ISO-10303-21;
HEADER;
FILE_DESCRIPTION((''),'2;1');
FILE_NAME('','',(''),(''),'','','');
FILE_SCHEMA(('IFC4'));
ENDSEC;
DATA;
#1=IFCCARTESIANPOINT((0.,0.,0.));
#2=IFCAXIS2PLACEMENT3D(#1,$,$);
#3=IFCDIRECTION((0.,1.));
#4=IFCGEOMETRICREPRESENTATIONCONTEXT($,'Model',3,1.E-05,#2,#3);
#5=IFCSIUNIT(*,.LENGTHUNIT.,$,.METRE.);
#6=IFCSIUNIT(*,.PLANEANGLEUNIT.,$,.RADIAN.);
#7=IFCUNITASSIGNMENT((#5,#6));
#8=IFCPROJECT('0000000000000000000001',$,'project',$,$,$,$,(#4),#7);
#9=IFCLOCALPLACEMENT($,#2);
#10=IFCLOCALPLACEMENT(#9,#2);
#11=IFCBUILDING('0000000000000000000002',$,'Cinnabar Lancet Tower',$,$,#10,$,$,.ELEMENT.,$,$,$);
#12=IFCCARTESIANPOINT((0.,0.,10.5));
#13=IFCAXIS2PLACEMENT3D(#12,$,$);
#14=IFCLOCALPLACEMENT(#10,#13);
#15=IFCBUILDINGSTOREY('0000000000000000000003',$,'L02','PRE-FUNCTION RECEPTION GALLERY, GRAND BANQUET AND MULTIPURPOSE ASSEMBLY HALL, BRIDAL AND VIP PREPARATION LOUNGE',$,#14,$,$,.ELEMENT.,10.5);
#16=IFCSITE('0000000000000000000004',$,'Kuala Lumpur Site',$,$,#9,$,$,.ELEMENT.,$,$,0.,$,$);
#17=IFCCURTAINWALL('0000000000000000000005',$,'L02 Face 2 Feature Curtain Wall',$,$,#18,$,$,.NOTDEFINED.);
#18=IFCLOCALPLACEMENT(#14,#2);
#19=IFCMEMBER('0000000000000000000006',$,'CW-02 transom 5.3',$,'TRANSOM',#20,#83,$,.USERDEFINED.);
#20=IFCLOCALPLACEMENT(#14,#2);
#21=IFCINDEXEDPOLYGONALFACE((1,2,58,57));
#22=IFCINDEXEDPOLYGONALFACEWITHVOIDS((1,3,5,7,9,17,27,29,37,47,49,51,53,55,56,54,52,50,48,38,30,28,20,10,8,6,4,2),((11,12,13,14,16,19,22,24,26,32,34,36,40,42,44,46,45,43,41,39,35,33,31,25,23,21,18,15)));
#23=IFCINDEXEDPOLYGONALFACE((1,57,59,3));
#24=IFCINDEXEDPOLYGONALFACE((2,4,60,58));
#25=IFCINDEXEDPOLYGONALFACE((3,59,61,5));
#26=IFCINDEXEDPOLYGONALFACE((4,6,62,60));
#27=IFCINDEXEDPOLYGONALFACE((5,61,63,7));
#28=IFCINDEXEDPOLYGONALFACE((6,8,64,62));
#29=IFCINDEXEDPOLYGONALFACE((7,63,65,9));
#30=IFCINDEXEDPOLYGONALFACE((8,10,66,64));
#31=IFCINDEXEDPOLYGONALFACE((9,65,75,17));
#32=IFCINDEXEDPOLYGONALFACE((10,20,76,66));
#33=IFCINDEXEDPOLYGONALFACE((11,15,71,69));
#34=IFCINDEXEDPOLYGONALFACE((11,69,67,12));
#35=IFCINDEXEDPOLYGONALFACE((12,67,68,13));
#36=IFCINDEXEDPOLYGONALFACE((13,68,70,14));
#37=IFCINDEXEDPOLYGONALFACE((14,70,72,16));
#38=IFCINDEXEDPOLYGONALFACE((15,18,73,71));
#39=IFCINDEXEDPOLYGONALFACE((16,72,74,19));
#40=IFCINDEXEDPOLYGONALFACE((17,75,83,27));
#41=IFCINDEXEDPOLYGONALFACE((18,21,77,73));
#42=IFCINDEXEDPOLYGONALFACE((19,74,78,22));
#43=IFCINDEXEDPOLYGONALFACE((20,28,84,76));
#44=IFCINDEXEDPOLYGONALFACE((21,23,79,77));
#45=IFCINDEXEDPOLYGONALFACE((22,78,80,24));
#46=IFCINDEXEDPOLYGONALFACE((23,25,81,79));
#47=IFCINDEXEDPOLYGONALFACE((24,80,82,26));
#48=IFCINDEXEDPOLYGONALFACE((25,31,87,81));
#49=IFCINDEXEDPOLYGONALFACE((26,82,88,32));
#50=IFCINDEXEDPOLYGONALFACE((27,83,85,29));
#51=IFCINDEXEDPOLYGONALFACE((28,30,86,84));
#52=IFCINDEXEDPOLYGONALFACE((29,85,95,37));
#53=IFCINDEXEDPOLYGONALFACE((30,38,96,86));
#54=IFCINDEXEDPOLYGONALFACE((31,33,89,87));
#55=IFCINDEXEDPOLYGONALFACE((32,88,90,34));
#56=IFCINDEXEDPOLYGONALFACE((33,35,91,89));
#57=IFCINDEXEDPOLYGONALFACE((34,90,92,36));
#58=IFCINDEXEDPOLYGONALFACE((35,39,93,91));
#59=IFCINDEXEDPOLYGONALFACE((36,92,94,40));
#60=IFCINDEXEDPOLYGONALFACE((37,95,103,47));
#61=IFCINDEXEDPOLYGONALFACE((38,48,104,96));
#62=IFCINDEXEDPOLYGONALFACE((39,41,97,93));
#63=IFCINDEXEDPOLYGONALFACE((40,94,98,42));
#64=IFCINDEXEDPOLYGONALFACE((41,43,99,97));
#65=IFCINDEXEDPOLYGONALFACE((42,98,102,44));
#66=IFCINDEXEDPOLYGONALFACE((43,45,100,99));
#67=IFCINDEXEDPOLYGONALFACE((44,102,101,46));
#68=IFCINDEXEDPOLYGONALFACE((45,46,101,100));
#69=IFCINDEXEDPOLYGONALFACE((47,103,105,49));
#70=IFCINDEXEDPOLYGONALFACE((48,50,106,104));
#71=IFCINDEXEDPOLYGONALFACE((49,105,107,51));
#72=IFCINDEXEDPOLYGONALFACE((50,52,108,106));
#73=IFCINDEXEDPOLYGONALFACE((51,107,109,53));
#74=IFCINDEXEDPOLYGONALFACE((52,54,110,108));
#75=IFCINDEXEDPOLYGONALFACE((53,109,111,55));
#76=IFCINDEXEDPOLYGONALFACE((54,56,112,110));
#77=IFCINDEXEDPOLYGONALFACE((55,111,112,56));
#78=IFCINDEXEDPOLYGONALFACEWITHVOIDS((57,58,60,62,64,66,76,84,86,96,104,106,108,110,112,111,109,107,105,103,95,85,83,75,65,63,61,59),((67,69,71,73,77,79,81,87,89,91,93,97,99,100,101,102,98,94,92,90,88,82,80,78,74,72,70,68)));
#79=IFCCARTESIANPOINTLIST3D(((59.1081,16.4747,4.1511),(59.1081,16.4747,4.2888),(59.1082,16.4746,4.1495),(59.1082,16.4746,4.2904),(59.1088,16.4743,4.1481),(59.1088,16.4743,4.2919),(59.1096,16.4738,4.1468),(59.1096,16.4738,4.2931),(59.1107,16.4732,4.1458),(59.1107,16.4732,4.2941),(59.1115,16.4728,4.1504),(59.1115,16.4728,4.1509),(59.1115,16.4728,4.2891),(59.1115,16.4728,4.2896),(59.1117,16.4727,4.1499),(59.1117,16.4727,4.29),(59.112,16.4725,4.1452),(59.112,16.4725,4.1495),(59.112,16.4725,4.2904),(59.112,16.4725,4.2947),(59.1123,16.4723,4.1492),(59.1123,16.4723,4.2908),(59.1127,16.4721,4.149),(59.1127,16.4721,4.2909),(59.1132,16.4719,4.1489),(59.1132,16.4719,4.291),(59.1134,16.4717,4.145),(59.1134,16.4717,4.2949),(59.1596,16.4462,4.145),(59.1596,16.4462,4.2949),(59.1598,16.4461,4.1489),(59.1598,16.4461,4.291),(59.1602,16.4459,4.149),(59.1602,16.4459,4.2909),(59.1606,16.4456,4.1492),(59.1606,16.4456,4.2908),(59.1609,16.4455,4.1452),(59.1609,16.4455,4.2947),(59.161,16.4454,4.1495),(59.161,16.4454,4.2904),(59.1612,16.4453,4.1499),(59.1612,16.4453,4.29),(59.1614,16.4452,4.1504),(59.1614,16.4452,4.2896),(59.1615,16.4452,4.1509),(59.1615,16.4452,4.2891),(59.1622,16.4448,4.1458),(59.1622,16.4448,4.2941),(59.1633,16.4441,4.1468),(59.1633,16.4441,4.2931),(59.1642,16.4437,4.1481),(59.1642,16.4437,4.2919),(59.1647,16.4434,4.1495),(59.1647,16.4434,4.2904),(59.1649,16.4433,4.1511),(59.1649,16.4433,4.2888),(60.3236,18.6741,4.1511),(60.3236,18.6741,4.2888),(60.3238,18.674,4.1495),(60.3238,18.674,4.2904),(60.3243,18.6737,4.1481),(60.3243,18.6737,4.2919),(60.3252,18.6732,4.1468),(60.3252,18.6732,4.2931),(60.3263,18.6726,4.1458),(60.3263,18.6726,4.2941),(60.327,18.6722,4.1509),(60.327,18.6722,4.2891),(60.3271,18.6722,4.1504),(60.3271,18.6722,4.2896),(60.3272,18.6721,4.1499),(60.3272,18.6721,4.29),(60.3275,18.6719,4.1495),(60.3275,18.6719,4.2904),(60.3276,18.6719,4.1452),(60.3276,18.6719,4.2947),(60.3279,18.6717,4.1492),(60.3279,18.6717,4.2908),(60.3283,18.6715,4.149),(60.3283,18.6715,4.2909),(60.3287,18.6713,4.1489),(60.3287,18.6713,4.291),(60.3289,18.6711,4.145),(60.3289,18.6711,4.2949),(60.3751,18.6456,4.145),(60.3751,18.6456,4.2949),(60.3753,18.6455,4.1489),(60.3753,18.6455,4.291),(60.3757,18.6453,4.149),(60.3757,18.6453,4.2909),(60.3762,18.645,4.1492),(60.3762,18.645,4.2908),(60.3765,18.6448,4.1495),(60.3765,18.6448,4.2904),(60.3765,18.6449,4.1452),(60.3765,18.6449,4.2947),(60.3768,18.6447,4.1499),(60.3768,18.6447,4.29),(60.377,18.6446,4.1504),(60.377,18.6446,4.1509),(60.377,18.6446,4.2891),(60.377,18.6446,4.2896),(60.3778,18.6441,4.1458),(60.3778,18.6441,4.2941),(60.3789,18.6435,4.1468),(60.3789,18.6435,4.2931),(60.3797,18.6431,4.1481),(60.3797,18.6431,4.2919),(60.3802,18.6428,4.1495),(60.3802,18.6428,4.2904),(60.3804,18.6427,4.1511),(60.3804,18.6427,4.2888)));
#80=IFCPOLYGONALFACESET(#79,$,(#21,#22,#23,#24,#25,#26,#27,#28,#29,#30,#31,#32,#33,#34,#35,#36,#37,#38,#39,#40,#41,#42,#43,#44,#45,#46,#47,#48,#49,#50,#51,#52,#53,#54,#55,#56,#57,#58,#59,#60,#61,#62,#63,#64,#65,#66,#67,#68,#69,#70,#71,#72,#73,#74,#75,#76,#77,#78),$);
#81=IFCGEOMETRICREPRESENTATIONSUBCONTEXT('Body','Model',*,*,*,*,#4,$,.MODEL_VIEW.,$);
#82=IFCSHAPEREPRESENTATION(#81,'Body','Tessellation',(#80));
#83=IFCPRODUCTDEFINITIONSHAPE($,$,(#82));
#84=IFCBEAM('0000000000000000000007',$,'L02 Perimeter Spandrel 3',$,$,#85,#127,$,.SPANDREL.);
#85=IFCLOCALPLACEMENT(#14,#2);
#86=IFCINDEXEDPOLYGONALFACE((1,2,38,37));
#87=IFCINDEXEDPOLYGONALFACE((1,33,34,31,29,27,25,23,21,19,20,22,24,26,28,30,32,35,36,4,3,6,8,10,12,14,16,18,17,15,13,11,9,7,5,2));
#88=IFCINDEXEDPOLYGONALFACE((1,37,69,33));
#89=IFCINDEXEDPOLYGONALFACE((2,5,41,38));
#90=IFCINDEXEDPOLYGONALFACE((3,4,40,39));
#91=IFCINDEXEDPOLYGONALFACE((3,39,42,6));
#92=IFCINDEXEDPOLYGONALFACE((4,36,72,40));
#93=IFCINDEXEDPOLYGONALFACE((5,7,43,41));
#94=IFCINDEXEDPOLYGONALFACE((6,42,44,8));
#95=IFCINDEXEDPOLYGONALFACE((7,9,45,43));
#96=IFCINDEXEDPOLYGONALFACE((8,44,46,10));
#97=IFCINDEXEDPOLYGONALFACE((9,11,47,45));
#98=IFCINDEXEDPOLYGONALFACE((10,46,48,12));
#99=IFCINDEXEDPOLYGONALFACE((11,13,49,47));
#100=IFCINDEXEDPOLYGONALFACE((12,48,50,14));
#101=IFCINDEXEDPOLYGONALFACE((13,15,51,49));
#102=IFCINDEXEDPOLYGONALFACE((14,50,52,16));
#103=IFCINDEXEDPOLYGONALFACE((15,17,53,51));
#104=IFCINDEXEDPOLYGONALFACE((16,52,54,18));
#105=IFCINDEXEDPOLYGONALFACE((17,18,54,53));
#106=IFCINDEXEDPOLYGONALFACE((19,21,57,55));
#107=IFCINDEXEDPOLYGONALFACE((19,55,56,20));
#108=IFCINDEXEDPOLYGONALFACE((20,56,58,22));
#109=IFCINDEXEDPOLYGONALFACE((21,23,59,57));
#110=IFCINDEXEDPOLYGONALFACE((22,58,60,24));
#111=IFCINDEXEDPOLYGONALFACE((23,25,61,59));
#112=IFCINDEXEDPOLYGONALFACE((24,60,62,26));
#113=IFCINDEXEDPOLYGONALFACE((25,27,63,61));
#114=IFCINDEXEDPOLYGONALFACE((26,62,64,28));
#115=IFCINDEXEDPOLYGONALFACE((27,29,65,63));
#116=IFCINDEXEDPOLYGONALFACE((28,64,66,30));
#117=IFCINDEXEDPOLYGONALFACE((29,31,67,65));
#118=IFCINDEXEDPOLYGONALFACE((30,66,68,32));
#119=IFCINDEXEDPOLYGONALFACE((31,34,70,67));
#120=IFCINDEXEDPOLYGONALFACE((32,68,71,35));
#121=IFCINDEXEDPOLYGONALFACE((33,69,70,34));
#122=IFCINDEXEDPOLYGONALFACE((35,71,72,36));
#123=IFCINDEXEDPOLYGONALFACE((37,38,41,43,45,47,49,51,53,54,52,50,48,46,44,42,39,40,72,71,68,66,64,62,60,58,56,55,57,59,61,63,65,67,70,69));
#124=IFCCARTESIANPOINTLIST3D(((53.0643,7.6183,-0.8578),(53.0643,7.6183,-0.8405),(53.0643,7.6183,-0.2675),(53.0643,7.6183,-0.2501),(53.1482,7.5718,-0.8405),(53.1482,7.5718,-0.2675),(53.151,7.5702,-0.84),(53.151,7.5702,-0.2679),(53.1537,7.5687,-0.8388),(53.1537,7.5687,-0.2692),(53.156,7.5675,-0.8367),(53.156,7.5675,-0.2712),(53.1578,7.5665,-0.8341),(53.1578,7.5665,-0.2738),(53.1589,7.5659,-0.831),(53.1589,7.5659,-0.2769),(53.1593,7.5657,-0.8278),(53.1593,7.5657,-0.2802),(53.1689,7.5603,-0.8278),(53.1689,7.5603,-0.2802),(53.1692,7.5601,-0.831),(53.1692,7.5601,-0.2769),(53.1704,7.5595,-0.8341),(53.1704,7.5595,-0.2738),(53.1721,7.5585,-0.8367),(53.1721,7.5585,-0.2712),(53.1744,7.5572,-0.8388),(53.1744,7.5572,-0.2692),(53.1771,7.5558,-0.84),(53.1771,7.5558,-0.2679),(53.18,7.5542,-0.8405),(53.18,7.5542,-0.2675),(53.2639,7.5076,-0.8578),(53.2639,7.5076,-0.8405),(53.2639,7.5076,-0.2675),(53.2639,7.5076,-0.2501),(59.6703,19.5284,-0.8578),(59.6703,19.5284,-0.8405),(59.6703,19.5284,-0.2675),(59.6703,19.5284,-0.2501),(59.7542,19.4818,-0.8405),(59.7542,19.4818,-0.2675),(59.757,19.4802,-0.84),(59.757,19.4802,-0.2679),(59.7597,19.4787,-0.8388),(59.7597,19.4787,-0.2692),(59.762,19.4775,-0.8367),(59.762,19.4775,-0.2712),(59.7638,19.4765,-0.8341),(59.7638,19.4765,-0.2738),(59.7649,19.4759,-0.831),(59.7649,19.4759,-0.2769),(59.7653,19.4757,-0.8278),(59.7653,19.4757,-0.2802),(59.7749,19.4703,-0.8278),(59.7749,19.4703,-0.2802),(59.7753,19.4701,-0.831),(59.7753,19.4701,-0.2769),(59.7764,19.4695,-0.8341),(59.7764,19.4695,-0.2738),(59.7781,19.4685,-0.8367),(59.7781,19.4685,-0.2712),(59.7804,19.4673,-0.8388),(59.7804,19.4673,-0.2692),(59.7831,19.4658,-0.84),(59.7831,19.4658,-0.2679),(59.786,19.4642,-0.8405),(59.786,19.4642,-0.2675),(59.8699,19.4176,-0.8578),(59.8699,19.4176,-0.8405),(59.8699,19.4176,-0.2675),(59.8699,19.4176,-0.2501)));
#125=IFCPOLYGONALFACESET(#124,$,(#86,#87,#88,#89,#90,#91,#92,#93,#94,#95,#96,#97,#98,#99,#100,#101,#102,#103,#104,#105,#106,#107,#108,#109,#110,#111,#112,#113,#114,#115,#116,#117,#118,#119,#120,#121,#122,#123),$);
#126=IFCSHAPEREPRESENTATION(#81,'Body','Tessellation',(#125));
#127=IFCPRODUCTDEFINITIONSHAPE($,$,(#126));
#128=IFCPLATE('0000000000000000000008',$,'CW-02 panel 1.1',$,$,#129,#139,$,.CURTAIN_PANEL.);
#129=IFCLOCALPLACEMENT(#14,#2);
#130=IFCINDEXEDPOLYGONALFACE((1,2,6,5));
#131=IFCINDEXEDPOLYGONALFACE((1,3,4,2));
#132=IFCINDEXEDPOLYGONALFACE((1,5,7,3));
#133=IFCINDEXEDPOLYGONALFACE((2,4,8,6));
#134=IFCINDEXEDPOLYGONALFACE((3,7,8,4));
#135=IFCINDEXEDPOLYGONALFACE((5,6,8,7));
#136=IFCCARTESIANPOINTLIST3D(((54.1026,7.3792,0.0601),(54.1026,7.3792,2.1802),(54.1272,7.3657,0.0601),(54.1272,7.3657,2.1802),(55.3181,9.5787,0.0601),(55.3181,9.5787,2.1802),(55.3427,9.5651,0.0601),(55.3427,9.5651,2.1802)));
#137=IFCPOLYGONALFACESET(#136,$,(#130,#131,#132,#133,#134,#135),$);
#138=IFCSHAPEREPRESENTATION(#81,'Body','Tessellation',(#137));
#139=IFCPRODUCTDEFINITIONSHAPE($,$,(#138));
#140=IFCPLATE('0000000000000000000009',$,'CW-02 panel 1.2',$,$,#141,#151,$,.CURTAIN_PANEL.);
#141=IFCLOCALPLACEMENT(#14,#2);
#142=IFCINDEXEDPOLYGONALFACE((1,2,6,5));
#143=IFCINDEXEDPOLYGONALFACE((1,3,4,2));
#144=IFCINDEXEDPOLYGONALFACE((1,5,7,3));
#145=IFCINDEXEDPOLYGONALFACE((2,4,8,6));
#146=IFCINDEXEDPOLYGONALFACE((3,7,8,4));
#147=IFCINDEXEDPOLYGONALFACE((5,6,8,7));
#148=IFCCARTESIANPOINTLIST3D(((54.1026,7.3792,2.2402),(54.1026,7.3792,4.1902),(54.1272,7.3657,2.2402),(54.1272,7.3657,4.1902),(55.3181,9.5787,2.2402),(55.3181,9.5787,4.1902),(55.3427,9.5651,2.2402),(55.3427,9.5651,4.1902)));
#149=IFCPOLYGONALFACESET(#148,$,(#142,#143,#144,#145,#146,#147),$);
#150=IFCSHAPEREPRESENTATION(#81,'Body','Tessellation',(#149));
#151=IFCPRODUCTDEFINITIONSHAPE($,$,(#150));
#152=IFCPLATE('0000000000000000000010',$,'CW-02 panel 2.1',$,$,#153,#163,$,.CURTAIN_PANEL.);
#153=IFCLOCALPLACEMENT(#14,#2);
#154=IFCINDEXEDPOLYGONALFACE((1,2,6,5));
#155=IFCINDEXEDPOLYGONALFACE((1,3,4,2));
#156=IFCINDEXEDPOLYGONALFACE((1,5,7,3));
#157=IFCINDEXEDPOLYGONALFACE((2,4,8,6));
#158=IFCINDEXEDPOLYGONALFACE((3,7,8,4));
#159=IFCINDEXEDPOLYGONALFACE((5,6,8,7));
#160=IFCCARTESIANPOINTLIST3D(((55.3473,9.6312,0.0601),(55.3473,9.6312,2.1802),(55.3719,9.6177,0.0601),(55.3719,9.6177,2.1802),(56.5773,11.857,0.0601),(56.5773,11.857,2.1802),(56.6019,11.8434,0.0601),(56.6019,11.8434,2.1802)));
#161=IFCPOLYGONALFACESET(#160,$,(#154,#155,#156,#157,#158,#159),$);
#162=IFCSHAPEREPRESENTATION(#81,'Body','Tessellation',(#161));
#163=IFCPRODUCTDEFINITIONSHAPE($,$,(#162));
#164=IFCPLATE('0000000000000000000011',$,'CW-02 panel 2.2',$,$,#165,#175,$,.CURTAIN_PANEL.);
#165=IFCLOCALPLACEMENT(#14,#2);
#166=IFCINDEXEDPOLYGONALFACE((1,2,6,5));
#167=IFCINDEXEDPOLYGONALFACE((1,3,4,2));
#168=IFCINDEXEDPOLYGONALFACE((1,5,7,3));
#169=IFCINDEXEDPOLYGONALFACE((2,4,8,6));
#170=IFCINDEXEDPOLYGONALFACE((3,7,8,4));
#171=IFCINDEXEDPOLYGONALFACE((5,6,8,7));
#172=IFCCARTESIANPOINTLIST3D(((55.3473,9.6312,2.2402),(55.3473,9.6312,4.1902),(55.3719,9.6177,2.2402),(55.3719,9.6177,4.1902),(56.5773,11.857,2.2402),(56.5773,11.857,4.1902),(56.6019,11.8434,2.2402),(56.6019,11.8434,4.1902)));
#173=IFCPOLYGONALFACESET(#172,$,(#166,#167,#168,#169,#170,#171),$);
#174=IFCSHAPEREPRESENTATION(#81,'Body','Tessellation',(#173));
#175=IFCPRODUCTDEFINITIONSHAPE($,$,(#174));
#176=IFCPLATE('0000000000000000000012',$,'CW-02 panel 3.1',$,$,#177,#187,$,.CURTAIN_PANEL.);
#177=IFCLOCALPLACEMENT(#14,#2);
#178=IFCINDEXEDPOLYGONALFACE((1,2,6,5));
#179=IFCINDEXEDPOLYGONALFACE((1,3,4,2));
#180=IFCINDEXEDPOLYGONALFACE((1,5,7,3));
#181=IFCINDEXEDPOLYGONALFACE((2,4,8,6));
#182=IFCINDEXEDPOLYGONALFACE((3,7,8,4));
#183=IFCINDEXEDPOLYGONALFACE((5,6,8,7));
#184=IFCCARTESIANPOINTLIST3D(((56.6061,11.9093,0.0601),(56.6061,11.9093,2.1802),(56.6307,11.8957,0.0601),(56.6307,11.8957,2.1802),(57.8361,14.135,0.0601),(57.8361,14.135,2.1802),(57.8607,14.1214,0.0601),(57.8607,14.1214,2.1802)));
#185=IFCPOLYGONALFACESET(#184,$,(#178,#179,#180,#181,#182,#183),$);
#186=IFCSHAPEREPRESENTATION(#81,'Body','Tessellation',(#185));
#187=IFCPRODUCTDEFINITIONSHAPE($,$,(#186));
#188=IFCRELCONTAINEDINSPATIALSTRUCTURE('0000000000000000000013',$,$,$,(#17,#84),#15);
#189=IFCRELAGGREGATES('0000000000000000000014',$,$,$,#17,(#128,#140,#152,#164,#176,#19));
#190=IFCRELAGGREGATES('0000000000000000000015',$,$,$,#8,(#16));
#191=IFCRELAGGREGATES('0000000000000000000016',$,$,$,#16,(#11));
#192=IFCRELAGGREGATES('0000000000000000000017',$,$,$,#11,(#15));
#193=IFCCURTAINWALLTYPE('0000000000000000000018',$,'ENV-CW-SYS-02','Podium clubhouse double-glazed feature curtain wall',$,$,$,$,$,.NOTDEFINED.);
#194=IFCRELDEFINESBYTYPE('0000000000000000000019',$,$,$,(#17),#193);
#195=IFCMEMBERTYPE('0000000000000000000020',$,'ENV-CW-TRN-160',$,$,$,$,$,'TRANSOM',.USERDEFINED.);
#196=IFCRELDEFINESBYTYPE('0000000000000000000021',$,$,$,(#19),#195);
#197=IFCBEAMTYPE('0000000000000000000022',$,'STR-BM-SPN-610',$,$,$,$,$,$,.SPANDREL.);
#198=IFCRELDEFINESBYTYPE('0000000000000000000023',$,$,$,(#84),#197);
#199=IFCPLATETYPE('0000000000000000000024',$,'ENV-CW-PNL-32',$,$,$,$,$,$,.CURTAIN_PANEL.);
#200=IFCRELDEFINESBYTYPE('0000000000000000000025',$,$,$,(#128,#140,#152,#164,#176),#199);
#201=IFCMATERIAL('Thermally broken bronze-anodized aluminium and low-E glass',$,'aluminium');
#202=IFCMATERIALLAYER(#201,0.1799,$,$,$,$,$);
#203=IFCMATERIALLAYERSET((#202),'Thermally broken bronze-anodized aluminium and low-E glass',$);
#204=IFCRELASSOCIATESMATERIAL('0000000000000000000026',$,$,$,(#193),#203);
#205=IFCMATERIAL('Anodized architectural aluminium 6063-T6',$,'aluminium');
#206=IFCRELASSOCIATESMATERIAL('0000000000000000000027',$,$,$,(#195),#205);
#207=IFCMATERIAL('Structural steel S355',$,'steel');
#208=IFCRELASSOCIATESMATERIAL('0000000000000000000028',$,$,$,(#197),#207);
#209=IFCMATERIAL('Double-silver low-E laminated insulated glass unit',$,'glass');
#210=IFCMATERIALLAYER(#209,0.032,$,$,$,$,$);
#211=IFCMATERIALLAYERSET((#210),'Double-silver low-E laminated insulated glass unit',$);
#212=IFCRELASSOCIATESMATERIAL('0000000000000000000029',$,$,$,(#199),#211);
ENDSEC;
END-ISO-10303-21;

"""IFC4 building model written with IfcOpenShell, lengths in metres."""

from ifc_helpers import new_model, si_unit, direction, frame, origin, origin_2d, place, context, subcontext, project, spatial, rectangle, hollow_rectangle, i_section, extrude, material, layer, layer_set, material_profile, profile_set, type_object, element, aggregate, save


model = new_model("IFC4")

# Units and contexts
model_context = context("Model", 3, precision=1e-05, world=origin(), true_north=direction((0.0, 1.0)))
body_context = subcontext(model_context, "Body", "Model", "MODEL_VIEW")
ifc_project = project(units=[si_unit("LENGTHUNIT", "METRE"), si_unit("PLANEANGLEUNIT", "RADIAN")], contexts=[model_context])

# Site, building, storey
site_placement = place(None, origin())
site = spatial("IfcSite", under=ifc_project, at=site_placement, Name="Kuala Lumpur Site", CompositionType="ELEMENT", RefElevation=0.0)
building_placement = place(site_placement, origin())
building = spatial("IfcBuilding", under=site, at=building_placement, Name="Cinnabar Lancet Tower", CompositionType="ELEMENT")
storey_placement = place(building_placement, frame((0.0, 0.0, 10.5)))
storey = spatial("IfcBuildingStorey", under=building, at=storey_placement, Name="L02", Description="PRE-FUNCTION RECEPTION GALLERY, GRAND BANQUET AND MULTIPURPOSE ASSEMBLY HALL, BRIDAL AND VIP PREPARATION LOUNGE", CompositionType="ELEMENT", Elevation=10.5)

# Curtain wall, member
ifc_material_1 = material(Name="Thermally broken bronze-anodized aluminium and low-E glass", Category="aluminium")
ifc_layer_1 = layer(ifc_material_1, 0.1799)
ifc_layer_set_1 = layer_set([ifc_layer_1], Name="Thermally broken bronze-anodized aluminium and low-E glass")
curtain_wall_type = type_object("IfcCurtainWallType", Name="ENV-CW-SYS-02", Description="Podium clubhouse double-glazed feature curtain wall", PredefinedType="NOTDEFINED", material=ifc_layer_set_1)
curtain_wall_placement = place(storey_placement, origin())
curtain_wall = element("IfcCurtainWall", 1, at=curtain_wall_placement, inside=storey, type_object=curtain_wall_type, Name="L02 Face 2 Feature Curtain Wall", PredefinedType="NOTDEFINED")
ifc_material_2 = material(Name="Anodized architectural aluminium 6063-T6", Category="aluminium")
ifc_material_profile_1 = material_profile(ifc_material_2, hollow_rectangle(XDim=0.0649, YDim=0.1499, WallThickness=0.0039, InnerFilletRadius=0.002, OuterFilletRadius=0.0061, at=origin_2d()), Name="CW-TRN 150x65x4")
ifc_profile_set_1 = profile_set([ifc_material_profile_1], Name="Anodized architectural aluminium 6063-T6")
member_type_1 = type_object("IfcMemberType", Name="ENV-CW-TRN-160", ElementType="TRANSOM", PredefinedType="USERDEFINED", material=ifc_profile_set_1)
member_1_placement = place(storey_placement, frame((59.1365, 16.459, 4.22), z_axis=(0.483712, 0.875227, 0.0), x_axis=(-0.875227, 0.483712, 0.0)))
member_1 = element("IfcMember", 2, at=member_1_placement, type_object=member_type_1, Name="CW-02 transom 5.3", ObjectType="TRANSOM", PredefinedType="USERDEFINED", context=body_context, shape_type="SweptSolid", body=[
    extrude(hollow_rectangle(XDim=0.0649, YDim=0.1499, WallThickness=0.0039, InnerFilletRadius=0.002, OuterFilletRadius=0.0061, at=origin_2d()), origin(), (0.0, 0.0, 1.0), 2.5129),
])

# Beam
ifc_material_3 = material(Name="Structural steel S355", Category="steel")
ifc_material_profile_2 = material_profile(ifc_material_3, i_section(OverallWidth=0.2283, OverallDepth=0.6077, WebThickness=0.011, FlangeThickness=0.0173, FilletRadius=0.0127, at=origin_2d()), Name="UKB 610x229x113")
ifc_profile_set_2 = profile_set([ifc_material_profile_2], Name="Structural steel S355")
beam_type = type_object("IfcBeamType", Name="STR-BM-SPN-610", PredefinedType="SPANDREL", material=ifc_profile_set_2)
beam_placement = place(storey_placement, frame((53.1641, 7.563, -0.554), z_axis=(0.485045, 0.874489, 0.0), x_axis=(-0.874489, 0.485045, 0.0)))
element("IfcBeam", 3, at=beam_placement, inside=storey, type_object=beam_type, Name="L02 Perimeter Spandrel 3", PredefinedType="SPANDREL", context=body_context, shape_type="SweptSolid", body=[
    extrude(i_section(OverallWidth=0.2283, OverallDepth=0.6077, WebThickness=0.011, FlangeThickness=0.0173, FilletRadius=0.0127, at=origin_2d()), origin(), (0.0, 0.0, 1.0), 13.6194),
])

# Plates
ifc_material_4 = material(Name="Double-silver low-E laminated insulated glass unit", Category="glass")
ifc_layer_2 = layer(ifc_material_4, 0.032)
ifc_layer_set_2 = layer_set([ifc_layer_2], Name="Double-silver low-E laminated insulated glass unit")
plate_type = type_object("IfcPlateType", Name="ENV-CW-PNL-32", PredefinedType="CURTAIN_PANEL", material=ifc_layer_set_2)
plate_1_placement = place(storey_placement, frame((54.7227, 8.4722, 0.0601), z_axis=(0.0, 0.0, 1.0), x_axis=(0.483685, 0.875242, 0.0)))
plate_1 = element("IfcPlate", 4, at=plate_1_placement, type_object=plate_type, Name="CW-02 panel 1.1", PredefinedType="CURTAIN_PANEL", context=body_context, shape_type="SweptSolid", body=[
    extrude(rectangle(XDim=2.5129, YDim=0.0281, at=origin_2d()), origin(), (0.0, 0.0, 1.0), 2.1201),
])
plate_2_placement = place(storey_placement, frame((54.7227, 8.4722, 2.2402), z_axis=(0.0, 0.0, 1.0), x_axis=(0.483685, 0.875242, 0.0)))
plate_2 = element("IfcPlate", 5, at=plate_2_placement, type_object=plate_type, Name="CW-02 panel 1.2", PredefinedType="CURTAIN_PANEL", context=body_context, shape_type="SweptSolid", body=[
    extrude(rectangle(XDim=2.5129, YDim=0.0281, at=origin_2d()), origin(), (0.0, 0.0, 1.0), 1.95),
])
plate_3_placement = place(storey_placement, frame((55.9746, 10.7373, 0.0601), z_axis=(0.0, 0.0, 1.0), x_axis=(0.483685, 0.875242, 0.0)))
plate_3 = element("IfcPlate", 6, at=plate_3_placement, type_object=plate_type, Name="CW-02 panel 2.1", PredefinedType="CURTAIN_PANEL", context=body_context, shape_type="SweptSolid", body=[
    extrude(rectangle(XDim=2.543, YDim=0.0281, at=origin_2d()), origin(), (0.0, 0.0, 1.0), 2.1201),
])
plate_4_placement = place(storey_placement, frame((55.9746, 10.7373, 2.2402), z_axis=(0.0, 0.0, 1.0), x_axis=(0.483685, 0.875242, 0.0)))
plate_4 = element("IfcPlate", 7, at=plate_4_placement, type_object=plate_type, Name="CW-02 panel 2.2", PredefinedType="CURTAIN_PANEL", context=body_context, shape_type="SweptSolid", body=[
    extrude(rectangle(XDim=2.543, YDim=0.0281, at=origin_2d()), origin(), (0.0, 0.0, 1.0), 1.95),
])
plate_5_placement = place(storey_placement, frame((57.2334, 13.0154, 0.0601), z_axis=(0.0, 0.0, 1.0), x_axis=(0.483685, 0.875242, 0.0)))
plate_5 = element("IfcPlate", 8, at=plate_5_placement, type_object=plate_type, Name="CW-02 panel 3.1", PredefinedType="CURTAIN_PANEL", context=body_context, shape_type="SweptSolid", body=[
    extrude(rectangle(XDim=2.543, YDim=0.0281, at=origin_2d()), origin(), (0.0, 0.0, 1.0), 2.1201),
])
aggregate(curtain_wall, [plate_1, plate_2, plate_3, plate_4, plate_5, member_1])

save(model, "model.ifc")
